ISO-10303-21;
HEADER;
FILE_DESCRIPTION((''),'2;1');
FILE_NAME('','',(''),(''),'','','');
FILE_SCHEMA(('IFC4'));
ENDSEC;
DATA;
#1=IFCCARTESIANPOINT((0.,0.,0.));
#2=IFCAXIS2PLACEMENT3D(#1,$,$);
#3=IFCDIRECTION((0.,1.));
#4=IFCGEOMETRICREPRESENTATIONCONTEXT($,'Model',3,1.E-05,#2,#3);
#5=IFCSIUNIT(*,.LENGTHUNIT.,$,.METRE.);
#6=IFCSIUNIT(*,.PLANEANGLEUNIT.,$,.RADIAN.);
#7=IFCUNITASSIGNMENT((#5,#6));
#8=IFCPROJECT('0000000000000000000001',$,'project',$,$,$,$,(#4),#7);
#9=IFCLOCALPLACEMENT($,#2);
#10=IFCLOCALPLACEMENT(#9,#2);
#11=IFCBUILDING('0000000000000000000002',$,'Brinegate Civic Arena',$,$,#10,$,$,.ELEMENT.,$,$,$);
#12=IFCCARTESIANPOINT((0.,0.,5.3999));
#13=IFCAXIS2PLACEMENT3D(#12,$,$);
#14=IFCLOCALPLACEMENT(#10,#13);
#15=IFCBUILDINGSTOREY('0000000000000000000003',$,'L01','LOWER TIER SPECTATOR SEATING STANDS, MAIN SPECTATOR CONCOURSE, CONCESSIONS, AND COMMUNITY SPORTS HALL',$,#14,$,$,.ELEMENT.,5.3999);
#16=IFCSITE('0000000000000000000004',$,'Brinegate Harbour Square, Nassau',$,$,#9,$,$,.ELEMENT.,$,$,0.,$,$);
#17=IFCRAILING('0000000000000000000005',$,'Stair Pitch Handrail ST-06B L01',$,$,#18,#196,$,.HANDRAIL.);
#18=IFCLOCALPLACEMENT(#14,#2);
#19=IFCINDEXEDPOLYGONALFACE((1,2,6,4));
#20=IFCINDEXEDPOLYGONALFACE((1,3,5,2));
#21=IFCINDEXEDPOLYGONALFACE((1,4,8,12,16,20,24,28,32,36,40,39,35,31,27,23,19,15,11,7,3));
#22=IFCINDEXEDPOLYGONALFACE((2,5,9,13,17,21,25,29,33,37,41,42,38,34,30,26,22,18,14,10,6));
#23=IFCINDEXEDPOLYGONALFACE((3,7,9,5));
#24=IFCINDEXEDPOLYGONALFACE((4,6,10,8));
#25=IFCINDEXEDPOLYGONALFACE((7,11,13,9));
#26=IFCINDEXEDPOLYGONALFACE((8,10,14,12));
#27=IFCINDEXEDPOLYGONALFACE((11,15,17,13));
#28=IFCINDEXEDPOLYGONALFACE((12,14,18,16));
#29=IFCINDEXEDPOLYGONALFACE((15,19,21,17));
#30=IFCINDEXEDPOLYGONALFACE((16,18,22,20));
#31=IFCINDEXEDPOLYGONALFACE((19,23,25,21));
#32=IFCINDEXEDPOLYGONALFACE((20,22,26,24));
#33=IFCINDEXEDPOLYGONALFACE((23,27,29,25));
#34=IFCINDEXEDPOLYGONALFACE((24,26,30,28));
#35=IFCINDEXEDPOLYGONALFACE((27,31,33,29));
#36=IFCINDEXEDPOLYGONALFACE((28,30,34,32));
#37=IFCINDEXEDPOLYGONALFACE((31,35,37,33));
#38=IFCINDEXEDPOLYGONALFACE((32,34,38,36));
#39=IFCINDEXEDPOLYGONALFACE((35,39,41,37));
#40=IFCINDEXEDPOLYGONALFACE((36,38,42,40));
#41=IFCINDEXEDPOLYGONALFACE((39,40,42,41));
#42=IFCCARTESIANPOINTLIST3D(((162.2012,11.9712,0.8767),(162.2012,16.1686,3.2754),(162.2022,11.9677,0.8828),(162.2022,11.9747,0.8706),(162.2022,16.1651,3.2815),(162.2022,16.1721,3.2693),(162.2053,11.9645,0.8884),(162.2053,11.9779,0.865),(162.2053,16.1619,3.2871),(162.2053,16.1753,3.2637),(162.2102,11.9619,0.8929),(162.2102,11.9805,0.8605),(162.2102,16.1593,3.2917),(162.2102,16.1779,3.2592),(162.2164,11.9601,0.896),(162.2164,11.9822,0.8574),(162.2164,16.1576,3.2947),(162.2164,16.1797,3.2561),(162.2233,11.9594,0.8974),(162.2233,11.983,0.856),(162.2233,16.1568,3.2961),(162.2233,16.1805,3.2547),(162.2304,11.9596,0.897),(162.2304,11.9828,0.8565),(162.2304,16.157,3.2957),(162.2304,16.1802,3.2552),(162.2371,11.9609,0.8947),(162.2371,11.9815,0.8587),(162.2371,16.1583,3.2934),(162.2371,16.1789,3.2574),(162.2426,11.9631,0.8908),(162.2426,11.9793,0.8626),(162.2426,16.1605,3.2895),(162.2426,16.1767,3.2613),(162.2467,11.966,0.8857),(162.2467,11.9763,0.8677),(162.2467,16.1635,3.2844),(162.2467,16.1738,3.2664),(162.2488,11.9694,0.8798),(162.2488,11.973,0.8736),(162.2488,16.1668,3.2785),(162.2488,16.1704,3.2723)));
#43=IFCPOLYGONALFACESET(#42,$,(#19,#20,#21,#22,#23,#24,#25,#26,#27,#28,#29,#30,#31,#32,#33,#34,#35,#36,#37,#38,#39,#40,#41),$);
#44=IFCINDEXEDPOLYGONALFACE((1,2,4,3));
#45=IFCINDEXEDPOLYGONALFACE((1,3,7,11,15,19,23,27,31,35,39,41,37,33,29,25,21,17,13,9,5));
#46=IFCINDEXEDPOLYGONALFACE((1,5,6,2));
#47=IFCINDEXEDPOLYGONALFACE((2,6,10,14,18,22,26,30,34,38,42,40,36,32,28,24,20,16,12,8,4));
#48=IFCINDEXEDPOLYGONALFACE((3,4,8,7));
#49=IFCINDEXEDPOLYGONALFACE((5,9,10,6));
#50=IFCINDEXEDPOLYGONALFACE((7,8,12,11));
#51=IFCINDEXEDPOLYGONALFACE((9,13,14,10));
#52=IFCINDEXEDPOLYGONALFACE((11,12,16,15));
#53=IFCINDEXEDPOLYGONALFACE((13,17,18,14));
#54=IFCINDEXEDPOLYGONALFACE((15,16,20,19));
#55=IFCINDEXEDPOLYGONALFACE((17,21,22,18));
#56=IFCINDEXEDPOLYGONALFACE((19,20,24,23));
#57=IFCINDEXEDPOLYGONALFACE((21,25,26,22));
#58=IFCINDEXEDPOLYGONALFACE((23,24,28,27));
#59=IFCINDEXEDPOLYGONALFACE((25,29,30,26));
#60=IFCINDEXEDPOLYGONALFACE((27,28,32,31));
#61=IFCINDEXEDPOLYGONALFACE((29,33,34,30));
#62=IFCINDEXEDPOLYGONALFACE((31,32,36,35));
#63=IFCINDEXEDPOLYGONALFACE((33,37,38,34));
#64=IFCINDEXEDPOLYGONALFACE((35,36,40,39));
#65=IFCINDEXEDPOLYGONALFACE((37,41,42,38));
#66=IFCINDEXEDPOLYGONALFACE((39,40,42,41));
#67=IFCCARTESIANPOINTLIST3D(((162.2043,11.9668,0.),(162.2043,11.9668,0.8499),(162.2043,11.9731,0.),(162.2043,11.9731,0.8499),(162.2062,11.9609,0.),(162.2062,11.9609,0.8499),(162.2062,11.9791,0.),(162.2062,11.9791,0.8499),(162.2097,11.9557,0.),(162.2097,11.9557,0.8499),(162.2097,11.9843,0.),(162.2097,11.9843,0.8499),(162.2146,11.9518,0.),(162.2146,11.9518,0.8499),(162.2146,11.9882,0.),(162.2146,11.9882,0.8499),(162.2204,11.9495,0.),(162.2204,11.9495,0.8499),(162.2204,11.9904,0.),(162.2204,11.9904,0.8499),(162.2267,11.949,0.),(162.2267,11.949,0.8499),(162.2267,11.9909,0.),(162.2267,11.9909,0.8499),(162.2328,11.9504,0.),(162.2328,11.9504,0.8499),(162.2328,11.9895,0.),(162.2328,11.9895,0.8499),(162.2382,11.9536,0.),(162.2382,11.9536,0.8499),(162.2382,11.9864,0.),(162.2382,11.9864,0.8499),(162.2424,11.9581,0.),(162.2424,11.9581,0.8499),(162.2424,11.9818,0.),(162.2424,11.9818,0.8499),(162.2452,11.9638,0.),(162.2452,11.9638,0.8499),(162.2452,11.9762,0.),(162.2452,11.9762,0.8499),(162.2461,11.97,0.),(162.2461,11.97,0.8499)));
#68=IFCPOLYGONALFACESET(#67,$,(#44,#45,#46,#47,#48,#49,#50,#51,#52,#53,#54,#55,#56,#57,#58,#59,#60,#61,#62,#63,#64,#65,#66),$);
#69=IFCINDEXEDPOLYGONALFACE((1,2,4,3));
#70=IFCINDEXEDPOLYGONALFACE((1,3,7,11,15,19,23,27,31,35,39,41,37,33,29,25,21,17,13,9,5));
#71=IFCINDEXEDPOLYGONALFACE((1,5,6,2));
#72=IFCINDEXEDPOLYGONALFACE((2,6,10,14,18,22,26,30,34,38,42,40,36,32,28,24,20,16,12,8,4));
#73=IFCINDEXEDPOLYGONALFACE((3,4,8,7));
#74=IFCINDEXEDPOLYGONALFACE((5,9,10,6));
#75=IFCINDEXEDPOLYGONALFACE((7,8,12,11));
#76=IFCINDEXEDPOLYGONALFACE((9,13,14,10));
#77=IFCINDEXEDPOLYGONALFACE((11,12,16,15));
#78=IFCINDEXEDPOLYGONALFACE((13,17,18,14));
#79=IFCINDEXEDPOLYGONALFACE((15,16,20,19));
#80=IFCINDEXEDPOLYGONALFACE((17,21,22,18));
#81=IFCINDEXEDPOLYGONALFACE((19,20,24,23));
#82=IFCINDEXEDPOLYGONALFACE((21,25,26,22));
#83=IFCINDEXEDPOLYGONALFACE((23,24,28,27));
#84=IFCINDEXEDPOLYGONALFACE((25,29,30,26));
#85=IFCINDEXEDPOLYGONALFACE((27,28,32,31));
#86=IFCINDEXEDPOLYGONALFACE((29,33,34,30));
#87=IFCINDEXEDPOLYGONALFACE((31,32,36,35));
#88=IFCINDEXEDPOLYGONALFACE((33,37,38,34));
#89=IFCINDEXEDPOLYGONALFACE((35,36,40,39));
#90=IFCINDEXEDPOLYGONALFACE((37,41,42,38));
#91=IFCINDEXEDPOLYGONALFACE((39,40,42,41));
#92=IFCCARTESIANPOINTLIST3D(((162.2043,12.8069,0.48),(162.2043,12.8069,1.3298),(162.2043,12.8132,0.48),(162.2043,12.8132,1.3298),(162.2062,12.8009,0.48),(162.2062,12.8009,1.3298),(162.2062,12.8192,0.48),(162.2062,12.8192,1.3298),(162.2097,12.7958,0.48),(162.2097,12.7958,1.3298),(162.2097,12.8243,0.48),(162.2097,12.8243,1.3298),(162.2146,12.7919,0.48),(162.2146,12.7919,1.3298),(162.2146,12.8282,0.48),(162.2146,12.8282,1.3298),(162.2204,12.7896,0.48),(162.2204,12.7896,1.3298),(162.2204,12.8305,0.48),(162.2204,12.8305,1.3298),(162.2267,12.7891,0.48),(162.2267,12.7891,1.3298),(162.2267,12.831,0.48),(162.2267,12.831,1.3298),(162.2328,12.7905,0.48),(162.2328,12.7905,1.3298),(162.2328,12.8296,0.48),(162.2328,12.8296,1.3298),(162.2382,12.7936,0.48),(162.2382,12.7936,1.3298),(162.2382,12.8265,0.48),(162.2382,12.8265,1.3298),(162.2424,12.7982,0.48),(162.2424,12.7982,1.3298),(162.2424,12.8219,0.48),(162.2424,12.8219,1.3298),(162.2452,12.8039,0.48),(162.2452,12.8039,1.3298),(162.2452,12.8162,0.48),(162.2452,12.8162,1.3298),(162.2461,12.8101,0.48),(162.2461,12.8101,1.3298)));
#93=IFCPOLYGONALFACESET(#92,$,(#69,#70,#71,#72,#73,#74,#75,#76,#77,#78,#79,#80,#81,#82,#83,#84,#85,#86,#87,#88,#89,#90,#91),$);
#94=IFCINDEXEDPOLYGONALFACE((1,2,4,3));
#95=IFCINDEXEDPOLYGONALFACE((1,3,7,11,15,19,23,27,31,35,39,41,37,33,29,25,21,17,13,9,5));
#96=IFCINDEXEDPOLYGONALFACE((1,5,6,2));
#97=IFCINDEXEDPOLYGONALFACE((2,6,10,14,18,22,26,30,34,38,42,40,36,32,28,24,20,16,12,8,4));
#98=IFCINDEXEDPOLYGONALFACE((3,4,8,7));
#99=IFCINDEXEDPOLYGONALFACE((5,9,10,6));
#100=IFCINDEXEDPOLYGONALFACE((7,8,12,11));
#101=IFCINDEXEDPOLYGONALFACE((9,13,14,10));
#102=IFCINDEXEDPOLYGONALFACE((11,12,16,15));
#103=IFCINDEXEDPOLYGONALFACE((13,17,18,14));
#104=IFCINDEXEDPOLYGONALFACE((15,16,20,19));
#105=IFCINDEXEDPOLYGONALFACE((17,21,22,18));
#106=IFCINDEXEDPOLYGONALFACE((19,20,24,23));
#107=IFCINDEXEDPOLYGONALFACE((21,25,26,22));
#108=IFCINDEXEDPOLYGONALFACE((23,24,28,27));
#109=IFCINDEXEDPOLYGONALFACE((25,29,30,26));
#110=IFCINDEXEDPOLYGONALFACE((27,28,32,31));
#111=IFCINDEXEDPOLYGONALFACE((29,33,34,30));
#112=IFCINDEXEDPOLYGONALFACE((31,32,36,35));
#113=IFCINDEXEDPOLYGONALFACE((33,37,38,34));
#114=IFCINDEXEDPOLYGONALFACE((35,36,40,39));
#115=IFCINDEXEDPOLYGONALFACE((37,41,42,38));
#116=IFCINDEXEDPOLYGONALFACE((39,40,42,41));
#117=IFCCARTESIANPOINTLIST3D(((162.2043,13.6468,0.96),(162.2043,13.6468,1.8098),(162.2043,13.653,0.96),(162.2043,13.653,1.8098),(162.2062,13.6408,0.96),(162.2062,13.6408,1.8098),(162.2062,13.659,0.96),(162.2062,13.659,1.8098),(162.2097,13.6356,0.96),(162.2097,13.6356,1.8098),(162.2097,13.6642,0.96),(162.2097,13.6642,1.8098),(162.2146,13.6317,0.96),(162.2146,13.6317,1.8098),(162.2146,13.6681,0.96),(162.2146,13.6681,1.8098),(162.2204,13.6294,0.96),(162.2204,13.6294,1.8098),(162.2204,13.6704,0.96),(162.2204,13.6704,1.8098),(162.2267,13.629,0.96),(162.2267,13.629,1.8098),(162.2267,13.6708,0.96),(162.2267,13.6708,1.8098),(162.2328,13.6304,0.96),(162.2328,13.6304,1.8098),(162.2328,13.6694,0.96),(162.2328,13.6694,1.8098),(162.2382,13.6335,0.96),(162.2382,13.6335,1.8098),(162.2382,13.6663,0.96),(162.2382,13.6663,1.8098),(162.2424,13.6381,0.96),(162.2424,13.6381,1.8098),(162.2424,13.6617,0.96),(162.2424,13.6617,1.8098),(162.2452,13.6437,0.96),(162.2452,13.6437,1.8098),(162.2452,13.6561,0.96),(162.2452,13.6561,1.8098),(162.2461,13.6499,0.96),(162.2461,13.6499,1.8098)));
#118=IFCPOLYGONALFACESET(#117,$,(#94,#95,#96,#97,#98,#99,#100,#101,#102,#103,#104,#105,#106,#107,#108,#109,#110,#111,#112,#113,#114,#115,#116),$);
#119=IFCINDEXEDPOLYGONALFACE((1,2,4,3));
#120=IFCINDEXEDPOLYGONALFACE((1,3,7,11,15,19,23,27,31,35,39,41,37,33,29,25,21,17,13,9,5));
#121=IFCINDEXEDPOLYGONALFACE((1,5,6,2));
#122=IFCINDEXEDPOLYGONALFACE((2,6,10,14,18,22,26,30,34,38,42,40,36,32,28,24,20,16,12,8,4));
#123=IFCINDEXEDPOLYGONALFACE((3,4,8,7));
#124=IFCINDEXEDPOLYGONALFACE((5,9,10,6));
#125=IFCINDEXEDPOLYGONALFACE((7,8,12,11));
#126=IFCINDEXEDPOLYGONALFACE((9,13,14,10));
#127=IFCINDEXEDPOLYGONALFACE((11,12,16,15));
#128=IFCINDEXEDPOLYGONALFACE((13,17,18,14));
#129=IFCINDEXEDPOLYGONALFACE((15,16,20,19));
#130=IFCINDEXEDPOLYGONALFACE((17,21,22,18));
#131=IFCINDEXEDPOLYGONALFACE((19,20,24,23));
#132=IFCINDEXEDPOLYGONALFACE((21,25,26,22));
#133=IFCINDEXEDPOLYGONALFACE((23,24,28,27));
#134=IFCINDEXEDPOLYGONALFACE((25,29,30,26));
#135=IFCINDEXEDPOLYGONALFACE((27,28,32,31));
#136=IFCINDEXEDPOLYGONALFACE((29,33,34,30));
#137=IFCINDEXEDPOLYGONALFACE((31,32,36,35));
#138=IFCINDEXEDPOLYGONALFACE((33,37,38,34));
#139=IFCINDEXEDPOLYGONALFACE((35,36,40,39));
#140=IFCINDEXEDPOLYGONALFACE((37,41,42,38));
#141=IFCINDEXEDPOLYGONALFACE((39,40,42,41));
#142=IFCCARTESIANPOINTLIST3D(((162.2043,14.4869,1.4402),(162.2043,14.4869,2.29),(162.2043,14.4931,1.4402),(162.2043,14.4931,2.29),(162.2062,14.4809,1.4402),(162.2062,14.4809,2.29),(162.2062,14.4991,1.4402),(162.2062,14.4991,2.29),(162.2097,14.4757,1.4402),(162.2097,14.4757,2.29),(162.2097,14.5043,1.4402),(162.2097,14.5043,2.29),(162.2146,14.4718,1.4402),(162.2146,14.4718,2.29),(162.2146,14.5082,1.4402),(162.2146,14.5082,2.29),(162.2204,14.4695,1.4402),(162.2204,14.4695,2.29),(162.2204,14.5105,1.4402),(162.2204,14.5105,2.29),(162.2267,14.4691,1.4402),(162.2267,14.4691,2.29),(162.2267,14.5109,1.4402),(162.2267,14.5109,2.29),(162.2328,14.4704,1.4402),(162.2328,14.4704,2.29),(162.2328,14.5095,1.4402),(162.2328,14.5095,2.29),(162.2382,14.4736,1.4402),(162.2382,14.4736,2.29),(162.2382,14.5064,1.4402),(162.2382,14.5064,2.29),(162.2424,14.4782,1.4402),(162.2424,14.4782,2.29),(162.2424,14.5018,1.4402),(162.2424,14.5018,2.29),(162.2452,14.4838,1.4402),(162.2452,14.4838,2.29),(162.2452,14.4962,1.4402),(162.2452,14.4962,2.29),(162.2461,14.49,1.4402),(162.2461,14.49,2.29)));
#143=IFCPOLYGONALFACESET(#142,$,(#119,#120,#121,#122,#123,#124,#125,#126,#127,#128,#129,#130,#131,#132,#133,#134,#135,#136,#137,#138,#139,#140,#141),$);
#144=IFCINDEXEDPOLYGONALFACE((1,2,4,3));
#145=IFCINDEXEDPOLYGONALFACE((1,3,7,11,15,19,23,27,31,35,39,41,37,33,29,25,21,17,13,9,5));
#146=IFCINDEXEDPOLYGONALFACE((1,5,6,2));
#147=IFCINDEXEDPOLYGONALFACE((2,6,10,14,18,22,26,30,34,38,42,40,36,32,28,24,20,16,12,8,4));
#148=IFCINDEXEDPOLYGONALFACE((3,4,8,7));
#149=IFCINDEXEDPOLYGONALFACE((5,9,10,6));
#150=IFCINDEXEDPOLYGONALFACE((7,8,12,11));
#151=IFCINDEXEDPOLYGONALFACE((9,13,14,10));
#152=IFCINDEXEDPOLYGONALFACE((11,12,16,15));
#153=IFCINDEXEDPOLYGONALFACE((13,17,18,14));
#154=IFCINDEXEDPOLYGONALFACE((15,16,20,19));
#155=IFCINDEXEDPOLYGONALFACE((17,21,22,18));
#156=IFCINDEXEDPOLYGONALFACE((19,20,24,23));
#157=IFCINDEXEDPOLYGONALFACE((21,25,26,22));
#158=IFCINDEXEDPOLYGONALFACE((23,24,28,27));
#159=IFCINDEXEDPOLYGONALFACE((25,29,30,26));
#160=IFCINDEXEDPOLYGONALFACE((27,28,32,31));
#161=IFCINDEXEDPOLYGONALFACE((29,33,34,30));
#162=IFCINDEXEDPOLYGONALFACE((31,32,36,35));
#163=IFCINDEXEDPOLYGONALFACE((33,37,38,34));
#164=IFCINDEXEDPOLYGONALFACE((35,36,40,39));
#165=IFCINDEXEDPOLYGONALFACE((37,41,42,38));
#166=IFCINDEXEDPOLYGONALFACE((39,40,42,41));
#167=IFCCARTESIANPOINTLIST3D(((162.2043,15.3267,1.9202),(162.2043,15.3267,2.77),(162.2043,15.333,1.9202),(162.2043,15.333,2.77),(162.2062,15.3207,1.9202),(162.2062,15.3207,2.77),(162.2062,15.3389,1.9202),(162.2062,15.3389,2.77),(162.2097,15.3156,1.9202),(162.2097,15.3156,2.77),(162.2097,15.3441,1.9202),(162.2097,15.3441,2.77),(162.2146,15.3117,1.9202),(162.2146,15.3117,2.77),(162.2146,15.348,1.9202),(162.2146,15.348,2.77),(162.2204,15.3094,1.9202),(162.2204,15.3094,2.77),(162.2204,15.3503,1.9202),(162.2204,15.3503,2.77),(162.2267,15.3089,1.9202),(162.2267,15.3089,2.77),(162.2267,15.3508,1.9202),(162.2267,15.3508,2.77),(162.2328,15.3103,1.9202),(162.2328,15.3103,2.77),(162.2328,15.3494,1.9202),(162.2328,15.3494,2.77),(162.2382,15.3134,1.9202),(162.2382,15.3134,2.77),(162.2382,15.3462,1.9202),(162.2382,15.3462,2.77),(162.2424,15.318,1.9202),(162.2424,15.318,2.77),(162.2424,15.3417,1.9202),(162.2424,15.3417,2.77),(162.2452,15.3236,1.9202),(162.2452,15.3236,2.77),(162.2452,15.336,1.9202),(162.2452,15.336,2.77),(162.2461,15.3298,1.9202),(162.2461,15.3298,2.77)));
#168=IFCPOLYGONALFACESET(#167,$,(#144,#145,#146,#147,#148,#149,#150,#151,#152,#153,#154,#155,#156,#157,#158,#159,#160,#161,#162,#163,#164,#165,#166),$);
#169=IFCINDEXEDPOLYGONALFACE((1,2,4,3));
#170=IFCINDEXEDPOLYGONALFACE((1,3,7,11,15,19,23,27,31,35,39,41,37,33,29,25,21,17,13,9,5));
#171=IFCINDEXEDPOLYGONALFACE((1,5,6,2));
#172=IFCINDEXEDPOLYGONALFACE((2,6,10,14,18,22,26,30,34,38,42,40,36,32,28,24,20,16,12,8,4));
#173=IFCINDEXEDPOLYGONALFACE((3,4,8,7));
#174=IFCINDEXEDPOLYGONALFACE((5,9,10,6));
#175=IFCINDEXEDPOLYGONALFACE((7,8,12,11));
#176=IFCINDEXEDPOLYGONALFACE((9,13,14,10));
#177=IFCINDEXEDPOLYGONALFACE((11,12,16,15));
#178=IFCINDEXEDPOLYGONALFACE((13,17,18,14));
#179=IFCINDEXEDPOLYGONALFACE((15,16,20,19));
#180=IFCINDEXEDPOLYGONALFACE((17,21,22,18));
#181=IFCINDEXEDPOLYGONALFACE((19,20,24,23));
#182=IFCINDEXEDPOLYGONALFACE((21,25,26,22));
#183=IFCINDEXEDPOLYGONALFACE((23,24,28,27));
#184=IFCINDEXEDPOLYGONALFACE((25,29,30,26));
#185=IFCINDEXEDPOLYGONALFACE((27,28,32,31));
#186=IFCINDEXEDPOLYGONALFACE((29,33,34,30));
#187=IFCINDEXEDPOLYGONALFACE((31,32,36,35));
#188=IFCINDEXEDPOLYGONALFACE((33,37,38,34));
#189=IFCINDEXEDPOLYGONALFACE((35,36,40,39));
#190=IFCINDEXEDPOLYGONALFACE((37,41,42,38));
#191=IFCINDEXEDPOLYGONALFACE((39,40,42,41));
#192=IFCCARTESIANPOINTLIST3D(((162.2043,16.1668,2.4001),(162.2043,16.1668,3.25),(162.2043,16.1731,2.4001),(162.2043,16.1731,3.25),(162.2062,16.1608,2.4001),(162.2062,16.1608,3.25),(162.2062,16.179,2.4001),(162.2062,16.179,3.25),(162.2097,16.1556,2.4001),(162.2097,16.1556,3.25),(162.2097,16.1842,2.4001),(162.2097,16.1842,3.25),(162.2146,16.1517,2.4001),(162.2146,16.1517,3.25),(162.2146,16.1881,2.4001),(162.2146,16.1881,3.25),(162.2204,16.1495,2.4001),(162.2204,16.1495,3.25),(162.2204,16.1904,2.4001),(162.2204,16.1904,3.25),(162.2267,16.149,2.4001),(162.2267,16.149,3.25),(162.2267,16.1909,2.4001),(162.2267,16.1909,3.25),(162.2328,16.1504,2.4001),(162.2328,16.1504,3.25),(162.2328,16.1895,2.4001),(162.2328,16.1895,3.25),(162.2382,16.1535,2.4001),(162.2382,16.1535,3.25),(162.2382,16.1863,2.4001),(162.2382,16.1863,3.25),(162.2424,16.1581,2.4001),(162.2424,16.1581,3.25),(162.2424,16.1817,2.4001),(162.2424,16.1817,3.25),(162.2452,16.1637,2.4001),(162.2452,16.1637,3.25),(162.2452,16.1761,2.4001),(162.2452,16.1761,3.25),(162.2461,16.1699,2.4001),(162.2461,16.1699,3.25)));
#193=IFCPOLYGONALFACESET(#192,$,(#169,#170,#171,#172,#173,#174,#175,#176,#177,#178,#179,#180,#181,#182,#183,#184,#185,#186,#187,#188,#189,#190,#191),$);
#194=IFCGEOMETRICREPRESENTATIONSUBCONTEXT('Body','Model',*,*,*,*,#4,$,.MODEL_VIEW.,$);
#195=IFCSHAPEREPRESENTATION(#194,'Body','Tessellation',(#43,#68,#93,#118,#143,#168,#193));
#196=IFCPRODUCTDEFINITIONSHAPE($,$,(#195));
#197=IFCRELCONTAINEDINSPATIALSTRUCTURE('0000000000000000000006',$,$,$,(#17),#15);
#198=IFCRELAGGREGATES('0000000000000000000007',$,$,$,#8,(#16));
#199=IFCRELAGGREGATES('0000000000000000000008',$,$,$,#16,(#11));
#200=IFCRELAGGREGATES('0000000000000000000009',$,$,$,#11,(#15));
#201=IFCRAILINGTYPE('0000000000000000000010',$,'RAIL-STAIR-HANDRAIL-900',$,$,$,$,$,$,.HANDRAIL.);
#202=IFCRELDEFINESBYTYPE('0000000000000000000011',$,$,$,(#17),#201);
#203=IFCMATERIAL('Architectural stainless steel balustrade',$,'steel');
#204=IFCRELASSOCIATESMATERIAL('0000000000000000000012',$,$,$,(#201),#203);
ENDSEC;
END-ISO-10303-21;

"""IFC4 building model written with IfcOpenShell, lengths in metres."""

from ifc_helpers import new_model, si_unit, direction, frame, origin, origin_2d, place, context, subcontext, project, spatial, circle, extrude, material, type_object, element, save


model = new_model("IFC4")

# Units and contexts
model_context = context("Model", 3, precision=1e-05, world=origin(), true_north=direction((0.0, 1.0)))
body_context = subcontext(model_context, "Body", "Model", "MODEL_VIEW")
ifc_project = project(units=[si_unit("LENGTHUNIT", "METRE"), si_unit("PLANEANGLEUNIT", "RADIAN")], contexts=[model_context])

# Site, building, storey
site_placement = place(None, origin())
site = spatial("IfcSite", under=ifc_project, at=site_placement, Name="Brinegate Harbour Square, Nassau", CompositionType="ELEMENT", RefElevation=0.0)
building_placement = place(site_placement, origin())
building = spatial("IfcBuilding", under=site, at=building_placement, Name="Brinegate Civic Arena", CompositionType="ELEMENT")
storey_placement = place(building_placement, frame((0.0, 0.0, 5.3999)))
storey = spatial("IfcBuildingStorey", under=building, at=storey_placement, Name="L01", Description="LOWER TIER SPECTATOR SEATING STANDS, MAIN SPECTATOR CONCOURSE, CONCESSIONS, AND COMMUNITY SPORTS HALL", CompositionType="ELEMENT", Elevation=5.3999)

# Railing
ifc_material_1 = material(Name="Architectural stainless steel balustrade", Category="steel")
railing_type_1 = type_object("IfcRailingType", Name="RAIL-STAIR-HANDRAIL-900", PredefinedType="HANDRAIL", material=ifc_material_1)
for number, where, name in (
    (1, (162.2251, 11.97, 0.0), "Stair Pitch Handrail ST-06B L01"),
):
    element("IfcRailing", number, at=place(storey_placement, frame(where)), inside=storey, type_object=railing_type_1, Name=name, PredefinedType="HANDRAIL", context=body_context, shape_type="SweptSolid", body=[
        extrude(circle(Radius=0.0239, at=origin_2d()), frame((0.0, 0.0012, 0.8767), z_axis=(0.0, 0.868228, 0.496166), x_axis=(-1.0, 0.0, 0.0)), (0.0, 0.0, 1.0), 4.8345),
        extrude(circle(Radius=0.021, at=origin_2d()), origin(), (0.0, 0.0, 1.0), 0.8499),
        extrude(circle(Radius=0.021, at=origin_2d()), frame((0.0, 0.8401, 0.48)), (0.0, 0.0, 1.0), 0.8499),
        extrude(circle(Radius=0.021, at=origin_2d()), frame((0.0, 1.6799, 0.96)), (0.0, 0.0, 1.0), 0.8499),
        extrude(circle(Radius=0.021, at=origin_2d()), frame((0.0, 2.52, 1.4402)), (0.0, 0.0, 1.0), 0.8499),
        extrude(circle(Radius=0.021, at=origin_2d()), frame((0.0, 3.3599, 1.9202)), (0.0, 0.0, 1.0), 0.8499),
        extrude(circle(Radius=0.021, at=origin_2d()), frame((0.0, 4.2, 2.4001)), (0.0, 0.0, 1.0), 0.8499),
    ])

save(model, "model.ifc")
